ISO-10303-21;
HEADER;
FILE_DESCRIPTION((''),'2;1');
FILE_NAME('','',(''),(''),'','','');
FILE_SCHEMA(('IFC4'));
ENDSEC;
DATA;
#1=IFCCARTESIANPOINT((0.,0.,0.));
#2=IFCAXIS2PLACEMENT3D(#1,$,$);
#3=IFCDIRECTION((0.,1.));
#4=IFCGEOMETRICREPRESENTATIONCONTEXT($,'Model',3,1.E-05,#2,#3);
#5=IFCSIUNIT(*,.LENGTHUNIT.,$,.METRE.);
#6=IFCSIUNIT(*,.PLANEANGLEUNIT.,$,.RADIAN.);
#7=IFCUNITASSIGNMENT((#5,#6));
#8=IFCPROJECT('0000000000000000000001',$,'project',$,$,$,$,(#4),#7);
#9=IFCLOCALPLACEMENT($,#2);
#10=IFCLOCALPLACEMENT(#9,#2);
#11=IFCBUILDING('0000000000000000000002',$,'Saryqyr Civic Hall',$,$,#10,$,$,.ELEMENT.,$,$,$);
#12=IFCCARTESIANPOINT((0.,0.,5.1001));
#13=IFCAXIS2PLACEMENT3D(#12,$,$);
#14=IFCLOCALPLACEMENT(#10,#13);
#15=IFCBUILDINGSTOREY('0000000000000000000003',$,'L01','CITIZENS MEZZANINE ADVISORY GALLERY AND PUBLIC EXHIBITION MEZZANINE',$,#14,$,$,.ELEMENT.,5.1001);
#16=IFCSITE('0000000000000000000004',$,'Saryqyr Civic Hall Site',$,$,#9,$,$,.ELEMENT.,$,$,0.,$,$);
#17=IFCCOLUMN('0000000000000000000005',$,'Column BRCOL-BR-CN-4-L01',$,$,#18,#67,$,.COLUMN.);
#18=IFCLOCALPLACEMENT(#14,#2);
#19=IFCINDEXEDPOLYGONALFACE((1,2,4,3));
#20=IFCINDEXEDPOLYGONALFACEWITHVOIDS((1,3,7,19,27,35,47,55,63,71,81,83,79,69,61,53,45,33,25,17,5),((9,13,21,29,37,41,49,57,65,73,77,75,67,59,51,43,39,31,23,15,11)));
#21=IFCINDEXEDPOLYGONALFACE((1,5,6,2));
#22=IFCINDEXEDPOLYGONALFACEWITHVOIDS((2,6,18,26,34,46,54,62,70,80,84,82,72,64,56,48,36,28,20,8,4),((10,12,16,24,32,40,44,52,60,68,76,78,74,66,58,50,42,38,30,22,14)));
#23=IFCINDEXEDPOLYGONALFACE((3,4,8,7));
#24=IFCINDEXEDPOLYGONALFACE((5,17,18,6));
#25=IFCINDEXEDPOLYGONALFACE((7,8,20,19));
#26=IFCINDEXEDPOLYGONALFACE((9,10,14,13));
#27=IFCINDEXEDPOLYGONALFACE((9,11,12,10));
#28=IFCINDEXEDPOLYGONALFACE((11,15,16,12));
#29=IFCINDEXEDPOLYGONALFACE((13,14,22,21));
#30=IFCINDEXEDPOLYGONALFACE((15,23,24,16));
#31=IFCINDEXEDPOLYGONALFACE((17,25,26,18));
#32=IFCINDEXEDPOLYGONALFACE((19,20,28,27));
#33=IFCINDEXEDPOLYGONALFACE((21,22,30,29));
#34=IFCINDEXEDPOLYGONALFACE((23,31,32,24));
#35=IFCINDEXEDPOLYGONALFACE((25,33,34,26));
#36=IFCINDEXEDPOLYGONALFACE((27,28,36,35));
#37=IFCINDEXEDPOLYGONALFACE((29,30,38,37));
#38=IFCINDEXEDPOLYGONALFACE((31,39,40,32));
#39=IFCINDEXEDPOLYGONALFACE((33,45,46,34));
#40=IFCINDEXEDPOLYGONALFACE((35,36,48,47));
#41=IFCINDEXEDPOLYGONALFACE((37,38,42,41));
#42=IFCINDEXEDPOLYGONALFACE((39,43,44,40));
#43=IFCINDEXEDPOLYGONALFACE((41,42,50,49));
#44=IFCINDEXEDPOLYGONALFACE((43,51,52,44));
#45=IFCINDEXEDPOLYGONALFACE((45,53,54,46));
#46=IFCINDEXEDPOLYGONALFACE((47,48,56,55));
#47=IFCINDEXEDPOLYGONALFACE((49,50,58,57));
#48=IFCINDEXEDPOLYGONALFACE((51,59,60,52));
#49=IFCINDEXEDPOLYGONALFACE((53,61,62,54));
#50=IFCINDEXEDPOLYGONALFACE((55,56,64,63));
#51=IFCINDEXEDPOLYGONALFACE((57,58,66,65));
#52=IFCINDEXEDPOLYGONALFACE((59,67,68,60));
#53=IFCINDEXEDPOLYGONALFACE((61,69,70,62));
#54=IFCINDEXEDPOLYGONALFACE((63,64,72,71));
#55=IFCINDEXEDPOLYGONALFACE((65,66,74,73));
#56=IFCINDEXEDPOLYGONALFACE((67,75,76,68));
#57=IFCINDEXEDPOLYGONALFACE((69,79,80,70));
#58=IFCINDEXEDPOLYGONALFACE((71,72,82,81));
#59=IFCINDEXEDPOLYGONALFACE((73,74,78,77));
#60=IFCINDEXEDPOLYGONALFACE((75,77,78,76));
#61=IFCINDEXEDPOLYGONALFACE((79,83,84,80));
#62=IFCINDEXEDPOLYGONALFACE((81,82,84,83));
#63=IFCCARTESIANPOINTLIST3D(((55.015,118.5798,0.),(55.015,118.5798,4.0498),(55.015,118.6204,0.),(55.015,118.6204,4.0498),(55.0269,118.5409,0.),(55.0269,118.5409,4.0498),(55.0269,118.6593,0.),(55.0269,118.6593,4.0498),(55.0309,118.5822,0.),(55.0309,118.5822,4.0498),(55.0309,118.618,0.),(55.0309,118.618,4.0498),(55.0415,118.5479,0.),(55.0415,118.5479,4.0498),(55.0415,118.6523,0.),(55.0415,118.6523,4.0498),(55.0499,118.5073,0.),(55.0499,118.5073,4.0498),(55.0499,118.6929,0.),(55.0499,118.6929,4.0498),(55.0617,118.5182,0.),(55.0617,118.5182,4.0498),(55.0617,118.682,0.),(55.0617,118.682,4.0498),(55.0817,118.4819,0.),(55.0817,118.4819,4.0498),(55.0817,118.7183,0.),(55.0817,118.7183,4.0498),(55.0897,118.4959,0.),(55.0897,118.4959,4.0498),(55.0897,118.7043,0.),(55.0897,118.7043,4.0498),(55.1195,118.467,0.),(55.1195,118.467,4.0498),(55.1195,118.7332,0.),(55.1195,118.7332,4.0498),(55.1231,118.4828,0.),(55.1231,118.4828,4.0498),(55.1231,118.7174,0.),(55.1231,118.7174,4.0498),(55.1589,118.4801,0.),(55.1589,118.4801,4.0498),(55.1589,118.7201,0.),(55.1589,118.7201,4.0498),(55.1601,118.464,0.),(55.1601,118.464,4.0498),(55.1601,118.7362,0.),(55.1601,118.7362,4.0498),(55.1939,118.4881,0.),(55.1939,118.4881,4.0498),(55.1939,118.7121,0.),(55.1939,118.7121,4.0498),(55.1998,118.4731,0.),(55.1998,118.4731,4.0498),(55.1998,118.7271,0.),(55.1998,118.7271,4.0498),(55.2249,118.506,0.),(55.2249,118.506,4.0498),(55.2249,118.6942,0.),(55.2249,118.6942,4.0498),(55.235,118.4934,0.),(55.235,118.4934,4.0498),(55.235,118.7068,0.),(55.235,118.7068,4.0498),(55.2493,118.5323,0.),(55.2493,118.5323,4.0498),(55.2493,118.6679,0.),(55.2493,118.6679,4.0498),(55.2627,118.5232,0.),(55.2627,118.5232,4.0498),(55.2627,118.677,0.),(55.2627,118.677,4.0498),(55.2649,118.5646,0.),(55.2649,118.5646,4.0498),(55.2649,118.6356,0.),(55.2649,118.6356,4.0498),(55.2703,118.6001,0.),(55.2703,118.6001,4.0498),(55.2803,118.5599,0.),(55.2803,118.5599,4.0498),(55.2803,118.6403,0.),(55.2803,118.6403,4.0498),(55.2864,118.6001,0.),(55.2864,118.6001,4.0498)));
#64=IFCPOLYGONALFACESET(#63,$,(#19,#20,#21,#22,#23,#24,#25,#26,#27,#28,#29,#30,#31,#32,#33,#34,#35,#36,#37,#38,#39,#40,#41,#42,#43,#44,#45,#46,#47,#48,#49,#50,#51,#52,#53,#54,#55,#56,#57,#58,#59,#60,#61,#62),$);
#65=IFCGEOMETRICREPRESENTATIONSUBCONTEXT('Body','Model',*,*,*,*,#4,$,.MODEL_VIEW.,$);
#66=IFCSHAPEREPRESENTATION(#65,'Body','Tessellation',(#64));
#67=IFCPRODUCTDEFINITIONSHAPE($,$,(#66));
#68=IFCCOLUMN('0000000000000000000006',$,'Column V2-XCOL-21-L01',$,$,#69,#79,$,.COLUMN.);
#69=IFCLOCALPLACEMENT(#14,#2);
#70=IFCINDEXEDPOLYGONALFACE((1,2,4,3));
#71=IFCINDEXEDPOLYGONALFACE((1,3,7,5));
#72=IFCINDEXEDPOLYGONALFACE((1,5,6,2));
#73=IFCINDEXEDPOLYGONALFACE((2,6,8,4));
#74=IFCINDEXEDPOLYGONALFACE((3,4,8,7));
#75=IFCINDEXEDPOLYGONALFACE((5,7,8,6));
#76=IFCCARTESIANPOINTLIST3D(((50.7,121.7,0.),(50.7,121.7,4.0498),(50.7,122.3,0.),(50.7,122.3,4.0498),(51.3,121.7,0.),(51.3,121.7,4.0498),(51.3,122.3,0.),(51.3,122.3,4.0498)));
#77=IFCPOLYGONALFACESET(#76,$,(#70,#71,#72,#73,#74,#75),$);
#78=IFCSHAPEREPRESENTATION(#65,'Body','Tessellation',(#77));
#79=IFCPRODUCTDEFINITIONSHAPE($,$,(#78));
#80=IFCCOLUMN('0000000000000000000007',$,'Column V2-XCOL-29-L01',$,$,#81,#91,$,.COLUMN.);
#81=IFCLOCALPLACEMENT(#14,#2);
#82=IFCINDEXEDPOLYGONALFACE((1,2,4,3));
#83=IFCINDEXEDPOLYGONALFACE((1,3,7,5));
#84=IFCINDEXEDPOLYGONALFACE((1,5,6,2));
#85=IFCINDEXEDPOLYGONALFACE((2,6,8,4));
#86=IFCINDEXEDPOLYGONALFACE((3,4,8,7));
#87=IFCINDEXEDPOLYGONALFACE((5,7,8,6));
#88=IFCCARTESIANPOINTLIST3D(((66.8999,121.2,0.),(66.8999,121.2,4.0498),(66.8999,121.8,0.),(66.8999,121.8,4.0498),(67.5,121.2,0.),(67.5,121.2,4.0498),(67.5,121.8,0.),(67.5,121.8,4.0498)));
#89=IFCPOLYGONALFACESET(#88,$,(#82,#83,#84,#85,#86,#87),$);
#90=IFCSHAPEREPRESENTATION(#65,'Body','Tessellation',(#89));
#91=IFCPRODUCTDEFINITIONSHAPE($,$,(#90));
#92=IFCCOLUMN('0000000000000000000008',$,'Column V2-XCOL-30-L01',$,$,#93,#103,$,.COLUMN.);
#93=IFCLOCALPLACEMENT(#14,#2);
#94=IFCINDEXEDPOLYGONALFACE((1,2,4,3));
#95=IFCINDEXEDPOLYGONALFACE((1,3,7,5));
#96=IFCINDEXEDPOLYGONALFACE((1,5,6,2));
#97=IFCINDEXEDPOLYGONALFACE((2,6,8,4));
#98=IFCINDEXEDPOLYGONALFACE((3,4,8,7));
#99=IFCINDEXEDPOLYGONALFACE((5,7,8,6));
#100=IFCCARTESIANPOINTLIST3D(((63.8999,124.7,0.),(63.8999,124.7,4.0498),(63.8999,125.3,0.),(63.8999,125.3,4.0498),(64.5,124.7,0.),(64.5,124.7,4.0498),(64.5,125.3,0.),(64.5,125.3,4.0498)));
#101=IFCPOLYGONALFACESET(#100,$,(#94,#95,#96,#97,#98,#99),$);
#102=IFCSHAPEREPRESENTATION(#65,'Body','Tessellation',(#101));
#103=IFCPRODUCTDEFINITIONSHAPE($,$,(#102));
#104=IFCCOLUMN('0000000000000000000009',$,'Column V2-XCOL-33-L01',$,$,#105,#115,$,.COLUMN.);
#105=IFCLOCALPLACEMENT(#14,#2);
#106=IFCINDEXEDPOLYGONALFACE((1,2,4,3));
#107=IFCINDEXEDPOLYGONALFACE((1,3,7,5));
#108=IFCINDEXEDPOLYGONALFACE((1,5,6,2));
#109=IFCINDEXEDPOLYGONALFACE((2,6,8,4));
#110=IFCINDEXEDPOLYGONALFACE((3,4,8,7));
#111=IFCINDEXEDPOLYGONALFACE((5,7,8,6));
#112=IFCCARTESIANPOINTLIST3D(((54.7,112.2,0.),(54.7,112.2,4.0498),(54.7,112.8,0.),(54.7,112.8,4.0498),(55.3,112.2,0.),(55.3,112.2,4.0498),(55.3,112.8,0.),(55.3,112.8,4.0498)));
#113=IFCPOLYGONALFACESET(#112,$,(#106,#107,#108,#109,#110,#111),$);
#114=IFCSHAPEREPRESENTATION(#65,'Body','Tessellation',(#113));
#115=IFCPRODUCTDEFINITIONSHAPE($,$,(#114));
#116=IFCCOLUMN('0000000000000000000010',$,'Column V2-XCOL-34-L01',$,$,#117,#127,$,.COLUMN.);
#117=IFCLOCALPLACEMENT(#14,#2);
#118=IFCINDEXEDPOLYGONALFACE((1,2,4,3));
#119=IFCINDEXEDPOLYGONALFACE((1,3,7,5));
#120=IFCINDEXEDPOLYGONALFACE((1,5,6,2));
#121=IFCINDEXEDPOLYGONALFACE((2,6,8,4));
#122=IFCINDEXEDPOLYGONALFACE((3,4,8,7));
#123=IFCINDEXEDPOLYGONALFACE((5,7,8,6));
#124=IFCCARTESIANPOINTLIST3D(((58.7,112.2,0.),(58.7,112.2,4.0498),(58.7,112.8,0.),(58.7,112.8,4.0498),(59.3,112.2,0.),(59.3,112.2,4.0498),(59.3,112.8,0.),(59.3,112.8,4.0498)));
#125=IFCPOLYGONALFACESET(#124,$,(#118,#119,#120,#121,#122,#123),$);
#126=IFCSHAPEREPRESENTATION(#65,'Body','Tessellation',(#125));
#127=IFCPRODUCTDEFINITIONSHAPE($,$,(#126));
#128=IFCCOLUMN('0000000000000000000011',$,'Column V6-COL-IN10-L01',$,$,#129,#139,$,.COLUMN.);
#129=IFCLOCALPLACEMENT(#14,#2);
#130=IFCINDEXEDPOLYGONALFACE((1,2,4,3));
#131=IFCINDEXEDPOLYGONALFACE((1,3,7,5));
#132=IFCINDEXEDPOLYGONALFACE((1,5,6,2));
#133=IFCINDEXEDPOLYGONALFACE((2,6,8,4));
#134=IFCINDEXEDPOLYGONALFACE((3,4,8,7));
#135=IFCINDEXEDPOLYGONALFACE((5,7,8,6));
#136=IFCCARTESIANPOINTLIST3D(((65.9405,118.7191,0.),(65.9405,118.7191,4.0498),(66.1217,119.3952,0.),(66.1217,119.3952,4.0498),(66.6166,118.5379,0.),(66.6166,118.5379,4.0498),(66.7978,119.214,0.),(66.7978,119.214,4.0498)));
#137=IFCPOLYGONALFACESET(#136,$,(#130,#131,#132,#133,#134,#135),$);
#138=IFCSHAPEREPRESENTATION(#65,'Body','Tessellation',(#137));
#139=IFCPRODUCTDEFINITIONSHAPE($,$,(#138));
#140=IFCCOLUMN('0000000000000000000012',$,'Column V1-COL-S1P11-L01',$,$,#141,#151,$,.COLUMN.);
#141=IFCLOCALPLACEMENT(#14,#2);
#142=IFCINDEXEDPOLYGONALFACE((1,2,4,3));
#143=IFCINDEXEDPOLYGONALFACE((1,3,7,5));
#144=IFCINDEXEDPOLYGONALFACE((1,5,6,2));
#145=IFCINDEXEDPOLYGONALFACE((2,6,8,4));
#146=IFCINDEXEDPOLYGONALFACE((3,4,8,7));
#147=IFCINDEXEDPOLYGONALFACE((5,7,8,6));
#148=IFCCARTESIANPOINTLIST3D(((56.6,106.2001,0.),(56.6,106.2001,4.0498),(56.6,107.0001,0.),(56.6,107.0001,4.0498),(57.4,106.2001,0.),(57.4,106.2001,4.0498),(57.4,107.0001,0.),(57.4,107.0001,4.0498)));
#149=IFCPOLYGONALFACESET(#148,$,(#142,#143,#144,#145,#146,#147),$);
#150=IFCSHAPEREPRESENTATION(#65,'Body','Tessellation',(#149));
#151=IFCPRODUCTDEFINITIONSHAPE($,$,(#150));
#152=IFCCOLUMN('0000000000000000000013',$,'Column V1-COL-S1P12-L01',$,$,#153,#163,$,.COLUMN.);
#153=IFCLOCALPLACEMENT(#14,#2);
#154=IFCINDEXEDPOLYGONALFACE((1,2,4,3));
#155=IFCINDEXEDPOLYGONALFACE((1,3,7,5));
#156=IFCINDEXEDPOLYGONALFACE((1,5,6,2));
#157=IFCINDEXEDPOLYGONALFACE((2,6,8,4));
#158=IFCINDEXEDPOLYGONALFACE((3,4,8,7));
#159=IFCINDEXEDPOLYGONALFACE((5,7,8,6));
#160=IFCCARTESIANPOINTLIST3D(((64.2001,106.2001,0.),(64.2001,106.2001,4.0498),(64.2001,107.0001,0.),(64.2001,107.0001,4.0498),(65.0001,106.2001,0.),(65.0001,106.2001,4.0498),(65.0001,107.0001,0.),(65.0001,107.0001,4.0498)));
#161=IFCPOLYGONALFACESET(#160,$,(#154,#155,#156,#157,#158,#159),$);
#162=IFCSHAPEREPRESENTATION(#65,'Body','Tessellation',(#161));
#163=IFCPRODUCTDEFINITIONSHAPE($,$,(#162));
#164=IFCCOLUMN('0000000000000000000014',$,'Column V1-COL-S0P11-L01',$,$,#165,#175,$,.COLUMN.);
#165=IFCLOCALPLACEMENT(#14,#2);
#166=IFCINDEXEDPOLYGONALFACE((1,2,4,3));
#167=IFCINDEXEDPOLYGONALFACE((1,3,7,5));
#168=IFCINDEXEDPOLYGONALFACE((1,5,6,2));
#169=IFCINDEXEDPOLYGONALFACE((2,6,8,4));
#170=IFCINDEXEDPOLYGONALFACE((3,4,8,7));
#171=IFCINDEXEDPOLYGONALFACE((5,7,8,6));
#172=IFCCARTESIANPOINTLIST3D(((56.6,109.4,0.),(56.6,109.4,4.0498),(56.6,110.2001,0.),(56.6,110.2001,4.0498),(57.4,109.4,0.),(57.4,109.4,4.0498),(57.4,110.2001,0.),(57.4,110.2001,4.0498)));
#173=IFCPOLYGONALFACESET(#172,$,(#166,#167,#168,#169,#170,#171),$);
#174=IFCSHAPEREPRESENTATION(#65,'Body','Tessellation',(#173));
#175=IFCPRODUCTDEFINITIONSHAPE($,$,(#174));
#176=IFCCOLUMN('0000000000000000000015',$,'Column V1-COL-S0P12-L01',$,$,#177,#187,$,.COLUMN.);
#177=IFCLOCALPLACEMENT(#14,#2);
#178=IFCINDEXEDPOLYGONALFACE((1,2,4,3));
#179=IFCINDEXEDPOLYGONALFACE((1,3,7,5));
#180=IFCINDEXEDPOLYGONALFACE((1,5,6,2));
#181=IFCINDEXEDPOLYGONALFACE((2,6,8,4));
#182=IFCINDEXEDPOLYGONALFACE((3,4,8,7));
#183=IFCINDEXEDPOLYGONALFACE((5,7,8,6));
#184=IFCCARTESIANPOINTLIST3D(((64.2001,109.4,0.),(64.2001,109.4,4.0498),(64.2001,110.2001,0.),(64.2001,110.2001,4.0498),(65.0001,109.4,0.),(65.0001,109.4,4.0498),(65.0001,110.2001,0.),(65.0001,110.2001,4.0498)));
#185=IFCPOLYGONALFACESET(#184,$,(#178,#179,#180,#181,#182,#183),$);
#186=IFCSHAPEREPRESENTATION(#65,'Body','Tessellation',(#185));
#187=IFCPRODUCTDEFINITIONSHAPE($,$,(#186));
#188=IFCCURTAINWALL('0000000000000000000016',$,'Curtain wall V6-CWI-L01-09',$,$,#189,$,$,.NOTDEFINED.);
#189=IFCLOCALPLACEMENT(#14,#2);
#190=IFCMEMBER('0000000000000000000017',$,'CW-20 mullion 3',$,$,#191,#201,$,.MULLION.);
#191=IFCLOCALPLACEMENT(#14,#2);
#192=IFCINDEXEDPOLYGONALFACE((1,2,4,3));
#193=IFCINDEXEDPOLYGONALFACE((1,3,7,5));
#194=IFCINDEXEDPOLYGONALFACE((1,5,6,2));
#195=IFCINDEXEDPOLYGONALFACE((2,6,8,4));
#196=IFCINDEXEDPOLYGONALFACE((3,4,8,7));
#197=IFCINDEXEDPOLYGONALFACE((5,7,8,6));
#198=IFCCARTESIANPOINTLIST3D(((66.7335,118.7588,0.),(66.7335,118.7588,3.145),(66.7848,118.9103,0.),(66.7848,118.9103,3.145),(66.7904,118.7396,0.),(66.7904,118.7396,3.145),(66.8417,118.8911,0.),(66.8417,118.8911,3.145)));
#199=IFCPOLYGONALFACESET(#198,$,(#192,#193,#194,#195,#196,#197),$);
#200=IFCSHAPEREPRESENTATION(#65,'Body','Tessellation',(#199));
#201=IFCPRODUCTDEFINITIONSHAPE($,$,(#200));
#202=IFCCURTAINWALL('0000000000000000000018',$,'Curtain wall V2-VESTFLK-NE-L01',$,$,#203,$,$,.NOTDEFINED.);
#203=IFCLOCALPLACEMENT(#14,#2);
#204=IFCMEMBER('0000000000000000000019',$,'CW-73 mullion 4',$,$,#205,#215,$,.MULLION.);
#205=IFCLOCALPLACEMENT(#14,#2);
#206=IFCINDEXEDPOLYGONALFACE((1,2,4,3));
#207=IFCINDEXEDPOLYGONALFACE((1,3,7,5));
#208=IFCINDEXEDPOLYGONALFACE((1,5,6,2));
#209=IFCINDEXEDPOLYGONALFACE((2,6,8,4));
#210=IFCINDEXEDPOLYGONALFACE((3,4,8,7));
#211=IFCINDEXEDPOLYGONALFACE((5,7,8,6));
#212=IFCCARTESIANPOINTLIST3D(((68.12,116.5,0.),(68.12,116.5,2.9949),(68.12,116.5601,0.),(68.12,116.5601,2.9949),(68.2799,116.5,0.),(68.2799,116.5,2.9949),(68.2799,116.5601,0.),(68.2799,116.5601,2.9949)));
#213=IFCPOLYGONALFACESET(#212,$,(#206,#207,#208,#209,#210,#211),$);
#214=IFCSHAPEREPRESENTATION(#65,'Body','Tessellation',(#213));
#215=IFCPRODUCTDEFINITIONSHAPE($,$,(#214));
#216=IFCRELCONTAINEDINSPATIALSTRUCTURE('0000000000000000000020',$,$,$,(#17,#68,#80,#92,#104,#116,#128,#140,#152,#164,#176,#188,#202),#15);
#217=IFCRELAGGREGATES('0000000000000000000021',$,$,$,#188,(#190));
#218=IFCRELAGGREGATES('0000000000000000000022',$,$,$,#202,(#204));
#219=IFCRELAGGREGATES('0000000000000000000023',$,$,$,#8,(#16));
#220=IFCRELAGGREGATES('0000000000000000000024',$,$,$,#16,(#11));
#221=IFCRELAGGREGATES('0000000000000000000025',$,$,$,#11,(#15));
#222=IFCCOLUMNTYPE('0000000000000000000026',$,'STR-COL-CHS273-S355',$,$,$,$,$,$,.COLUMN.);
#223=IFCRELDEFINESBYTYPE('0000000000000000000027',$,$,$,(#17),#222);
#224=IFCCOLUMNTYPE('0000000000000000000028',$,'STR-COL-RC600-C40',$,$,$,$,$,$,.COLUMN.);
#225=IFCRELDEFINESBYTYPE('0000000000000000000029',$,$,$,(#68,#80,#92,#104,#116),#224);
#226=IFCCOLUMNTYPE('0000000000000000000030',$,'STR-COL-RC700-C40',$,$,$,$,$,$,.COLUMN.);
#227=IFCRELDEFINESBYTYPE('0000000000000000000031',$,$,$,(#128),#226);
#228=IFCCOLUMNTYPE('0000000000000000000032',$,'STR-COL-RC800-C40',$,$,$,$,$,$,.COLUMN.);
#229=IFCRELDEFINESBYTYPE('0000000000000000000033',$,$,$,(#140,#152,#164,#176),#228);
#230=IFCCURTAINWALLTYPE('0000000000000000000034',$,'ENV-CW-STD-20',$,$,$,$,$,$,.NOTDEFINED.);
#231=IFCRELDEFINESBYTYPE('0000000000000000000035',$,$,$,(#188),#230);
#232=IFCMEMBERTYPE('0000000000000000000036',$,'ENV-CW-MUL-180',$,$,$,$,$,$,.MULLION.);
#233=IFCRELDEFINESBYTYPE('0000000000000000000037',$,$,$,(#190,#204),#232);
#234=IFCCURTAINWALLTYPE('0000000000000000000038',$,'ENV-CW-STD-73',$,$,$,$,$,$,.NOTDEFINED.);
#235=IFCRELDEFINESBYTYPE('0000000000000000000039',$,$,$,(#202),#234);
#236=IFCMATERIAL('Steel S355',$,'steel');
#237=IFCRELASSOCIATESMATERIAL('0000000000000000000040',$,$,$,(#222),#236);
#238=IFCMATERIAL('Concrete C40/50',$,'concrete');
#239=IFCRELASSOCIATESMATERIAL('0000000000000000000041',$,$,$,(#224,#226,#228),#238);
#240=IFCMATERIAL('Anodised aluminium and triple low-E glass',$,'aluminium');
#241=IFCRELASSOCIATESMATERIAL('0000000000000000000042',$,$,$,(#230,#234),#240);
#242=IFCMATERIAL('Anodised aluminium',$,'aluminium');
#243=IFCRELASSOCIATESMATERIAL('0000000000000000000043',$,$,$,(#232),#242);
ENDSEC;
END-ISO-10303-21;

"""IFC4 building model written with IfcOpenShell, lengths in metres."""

from ifc_helpers import new_model, si_unit, direction, frame, origin, origin_2d, place, context, subcontext, project, spatial, rectangle, hollow_circle, extrude, material, material_profile, profile_set, type_object, element, aggregate, save


model = new_model("IFC4")

# Units and contexts
model_context = context("Model", 3, precision=1e-05, world=origin(), true_north=direction((0.0, 1.0)))
body_context = subcontext(model_context, "Body", "Model", "MODEL_VIEW")
ifc_project = project(units=[si_unit("LENGTHUNIT", "METRE"), si_unit("PLANEANGLEUNIT", "RADIAN")], contexts=[model_context])

# Site, building, storey
site_placement = place(None, origin())
site = spatial("IfcSite", under=ifc_project, at=site_placement, Name="Saryqyr Civic Hall Site", CompositionType="ELEMENT", RefElevation=0.0)
building_placement = place(site_placement, origin())
building = spatial("IfcBuilding", under=site, at=building_placement, Name="Saryqyr Civic Hall", CompositionType="ELEMENT")
storey_placement = place(building_placement, frame((0.0, 0.0, 5.1001)))
storey = spatial("IfcBuildingStorey", under=building, at=storey_placement, Name="L01", Description="CITIZENS MEZZANINE ADVISORY GALLERY AND PUBLIC EXHIBITION MEZZANINE", CompositionType="ELEMENT", Elevation=5.1001)

# Columns
ifc_material_1 = material(Name="Steel S355", Category="steel")
ifc_material_profile_1 = material_profile(ifc_material_1, hollow_circle(Radius=0.1365, WallThickness=0.0161, at=origin_2d()), Name="CHS 273x16")
ifc_profile_set_1 = profile_set([ifc_material_profile_1], Name="Steel S355")
column_type_1 = type_object("IfcColumnType", Name="STR-COL-CHS273-S355", PredefinedType="COLUMN", material=ifc_profile_set_1)
for number, where, z_axis, x_axis, name in (
    (1, (55.1499, 118.6001, 0.0), (0.0, 0.0, 1.0), (1.0, 0.0, 0.0), "Column BRCOL-BR-CN-4-L01"),
):
    element("IfcColumn", number, at=place(storey_placement, frame(where, z_axis=z_axis, x_axis=x_axis)), inside=storey, type_object=column_type_1, Name=name, PredefinedType="COLUMN", context=body_context, shape_type="SweptSolid", body=[
        extrude(hollow_circle(Radius=0.1365, WallThickness=0.0161, at=origin_2d()), origin(), (0.0, 0.0, 1.0), 4.0498),
    ])
ifc_material_2 = material(Name="Concrete C40/50", Category="concrete")
ifc_material_profile_2 = material_profile(ifc_material_2, rectangle(XDim=0.6001, YDim=0.6001, at=origin_2d()), Name="RC 600x600")
ifc_profile_set_2 = profile_set([ifc_material_profile_2], Name="Concrete C40/50")
column_type_2 = type_object("IfcColumnType", Name="STR-COL-RC600-C40", PredefinedType="COLUMN", material=ifc_profile_set_2)
for number, where, z_axis, x_axis, name in (
    (2, (51.0, 122.0, 0.0), (0.0, 0.0, 1.0), (1.0, 0.0, 0.0), "Column V2-XCOL-21-L01"),
    (3, (67.2, 121.5, 0.0), (0.0, 0.0, 1.0), (1.0, 0.0, 0.0), "Column V2-XCOL-29-L01"),
    (4, (64.2, 125.0, 0.0), (0.0, 0.0, 1.0), (1.0, 0.0, 0.0), "Column V2-XCOL-30-L01"),
    (5, (55.0, 112.5, 0.0), (0.0, 0.0, 1.0), (1.0, 0.0, 0.0), "Column V2-XCOL-33-L01"),
    (6, (59.0, 112.5, 0.0), (0.0, 0.0, 1.0), (1.0, 0.0, 0.0), "Column V2-XCOL-34-L01"),
):
    element("IfcColumn", number, at=place(storey_placement, frame(where, z_axis=z_axis, x_axis=x_axis)), inside=storey, type_object=column_type_2, Name=name, PredefinedType="COLUMN", context=body_context, shape_type="SweptSolid", body=[
        extrude(rectangle(XDim=0.6001, YDim=0.6001, at=origin_2d()), origin(), (0.0, 0.0, 1.0), 4.0498),
    ])
ifc_material_profile_3 = material_profile(ifc_material_2, rectangle(XDim=0.7, YDim=0.7, at=origin_2d()), Name="RC 700x700")
ifc_profile_set_3 = profile_set([ifc_material_profile_3], Name="Concrete C40/50")
column_type_3 = type_object("IfcColumnType", Name="STR-COL-RC700-C40", PredefinedType="COLUMN", material=ifc_profile_set_3)
column_1_placement = place(storey_placement, frame((66.3691, 118.9666, 0.0), z_axis=(0.0, 0.0, 1.0), x_axis=(0.258819, 0.965926, 0.0)))
element("IfcColumn", 7, at=column_1_placement, inside=storey, type_object=column_type_3, Name="Column V6-COL-IN10-L01", PredefinedType="COLUMN", context=body_context, shape_type="SweptSolid", body=[
    extrude(rectangle(XDim=0.7, YDim=0.7, at=origin_2d()), origin(), (0.0, 0.0, 1.0), 4.0498),
])
ifc_material_profile_4 = material_profile(ifc_material_2, rectangle(XDim=0.8, YDim=0.8, at=origin_2d()), Name="RC 800x800")
ifc_profile_set_4 = profile_set([ifc_material_profile_4], Name="Concrete C40/50")
column_type_4 = type_object("IfcColumnType", Name="STR-COL-RC800-C40", PredefinedType="COLUMN", material=ifc_profile_set_4)
for number, where, z_axis, x_axis, name in (
    (8, (57.0, 106.6001, 0.0), (0.0, 0.0, 1.0), (1.0, 0.0, 0.0), "Column V1-COL-S1P11-L01"),
    (9, (64.6001, 106.6001, 0.0), (0.0, 0.0, 1.0), (1.0, 0.0, 0.0), "Column V1-COL-S1P12-L01"),
    (10, (57.0, 109.8, 0.0), (0.0, 0.0, 1.0), (1.0, 0.0, 0.0), "Column V1-COL-S0P11-L01"),
    (11, (64.6001, 109.8, 0.0), (0.0, 0.0, 1.0), (1.0, 0.0, 0.0), "Column V1-COL-S0P12-L01"),
):
    element("IfcColumn", number, at=place(storey_placement, frame(where, z_axis=z_axis, x_axis=x_axis)), inside=storey, type_object=column_type_4, Name=name, PredefinedType="COLUMN", context=body_context, shape_type="SweptSolid", body=[
        extrude(rectangle(XDim=0.8, YDim=0.8, at=origin_2d()), origin(), (0.0, 0.0, 1.0), 4.0498),
    ])

# Curtain walls, members
ifc_material_3 = material(Name="Anodised aluminium and triple low-E glass", Category="aluminium")
curtain_wall_type_1 = type_object("IfcCurtainWallType", Name="ENV-CW-STD-20", PredefinedType="NOTDEFINED", material=ifc_material_3)
curtain_wall_1_placement = place(storey_placement, origin())
curtain_wall_1 = element("IfcCurtainWall", 12, at=curtain_wall_1_placement, inside=storey, type_object=curtain_wall_type_1, Name="Curtain wall V6-CWI-L01-09", PredefinedType="NOTDEFINED")
ifc_material_4 = material(Name="Anodised aluminium", Category="aluminium")
ifc_material_profile_5 = material_profile(ifc_material_4, rectangle(XDim=0.0601, YDim=0.1599, at=origin_2d()), Name="ALU MULLION 60x160")
ifc_profile_set_5 = profile_set([ifc_material_profile_5], Name="Anodised aluminium")
member_type = type_object("IfcMemberType", Name="ENV-CW-MUL-180", PredefinedType="MULLION", material=ifc_profile_set_5)
member_1_placement = place(storey_placement, frame((66.7876, 118.825, 0.0), z_axis=(0.0, 0.0, 1.0), x_axis=(-0.947198, 0.320648, 0.0)))
member_1 = element("IfcMember", 13, at=member_1_placement, type_object=member_type, Name="CW-20 mullion 3", PredefinedType="MULLION", context=body_context, shape_type="SweptSolid", body=[
    extrude(rectangle(XDim=0.0601, YDim=0.1599, at=origin_2d()), origin(), (0.0, 0.0, 1.0), 3.145),
])
curtain_wall_type_2 = type_object("IfcCurtainWallType", Name="ENV-CW-STD-73", PredefinedType="NOTDEFINED", material=ifc_material_3)
curtain_wall_2_placement = place(storey_placement, origin())
curtain_wall_2 = element("IfcCurtainWall", 14, at=curtain_wall_2_placement, inside=storey, type_object=curtain_wall_type_2, Name="Curtain wall V2-VESTFLK-NE-L01", PredefinedType="NOTDEFINED")
member_2_placement = place(storey_placement, frame((68.2, 116.53, 0.0), z_axis=(0.0, 0.0, 1.0), x_axis=(0.0, -1.0, 0.0)))
member_2 = element("IfcMember", 15, at=member_2_placement, type_object=member_type, Name="CW-73 mullion 4", PredefinedType="MULLION", context=body_context, shape_type="SweptSolid", body=[
    extrude(rectangle(XDim=0.0601, YDim=0.1599, at=origin_2d()), origin(), (0.0, 0.0, 1.0), 2.9949),
])

aggregate(curtain_wall_1, [member_1])
aggregate(curtain_wall_2, [member_2])

save(model, "model.ifc")
